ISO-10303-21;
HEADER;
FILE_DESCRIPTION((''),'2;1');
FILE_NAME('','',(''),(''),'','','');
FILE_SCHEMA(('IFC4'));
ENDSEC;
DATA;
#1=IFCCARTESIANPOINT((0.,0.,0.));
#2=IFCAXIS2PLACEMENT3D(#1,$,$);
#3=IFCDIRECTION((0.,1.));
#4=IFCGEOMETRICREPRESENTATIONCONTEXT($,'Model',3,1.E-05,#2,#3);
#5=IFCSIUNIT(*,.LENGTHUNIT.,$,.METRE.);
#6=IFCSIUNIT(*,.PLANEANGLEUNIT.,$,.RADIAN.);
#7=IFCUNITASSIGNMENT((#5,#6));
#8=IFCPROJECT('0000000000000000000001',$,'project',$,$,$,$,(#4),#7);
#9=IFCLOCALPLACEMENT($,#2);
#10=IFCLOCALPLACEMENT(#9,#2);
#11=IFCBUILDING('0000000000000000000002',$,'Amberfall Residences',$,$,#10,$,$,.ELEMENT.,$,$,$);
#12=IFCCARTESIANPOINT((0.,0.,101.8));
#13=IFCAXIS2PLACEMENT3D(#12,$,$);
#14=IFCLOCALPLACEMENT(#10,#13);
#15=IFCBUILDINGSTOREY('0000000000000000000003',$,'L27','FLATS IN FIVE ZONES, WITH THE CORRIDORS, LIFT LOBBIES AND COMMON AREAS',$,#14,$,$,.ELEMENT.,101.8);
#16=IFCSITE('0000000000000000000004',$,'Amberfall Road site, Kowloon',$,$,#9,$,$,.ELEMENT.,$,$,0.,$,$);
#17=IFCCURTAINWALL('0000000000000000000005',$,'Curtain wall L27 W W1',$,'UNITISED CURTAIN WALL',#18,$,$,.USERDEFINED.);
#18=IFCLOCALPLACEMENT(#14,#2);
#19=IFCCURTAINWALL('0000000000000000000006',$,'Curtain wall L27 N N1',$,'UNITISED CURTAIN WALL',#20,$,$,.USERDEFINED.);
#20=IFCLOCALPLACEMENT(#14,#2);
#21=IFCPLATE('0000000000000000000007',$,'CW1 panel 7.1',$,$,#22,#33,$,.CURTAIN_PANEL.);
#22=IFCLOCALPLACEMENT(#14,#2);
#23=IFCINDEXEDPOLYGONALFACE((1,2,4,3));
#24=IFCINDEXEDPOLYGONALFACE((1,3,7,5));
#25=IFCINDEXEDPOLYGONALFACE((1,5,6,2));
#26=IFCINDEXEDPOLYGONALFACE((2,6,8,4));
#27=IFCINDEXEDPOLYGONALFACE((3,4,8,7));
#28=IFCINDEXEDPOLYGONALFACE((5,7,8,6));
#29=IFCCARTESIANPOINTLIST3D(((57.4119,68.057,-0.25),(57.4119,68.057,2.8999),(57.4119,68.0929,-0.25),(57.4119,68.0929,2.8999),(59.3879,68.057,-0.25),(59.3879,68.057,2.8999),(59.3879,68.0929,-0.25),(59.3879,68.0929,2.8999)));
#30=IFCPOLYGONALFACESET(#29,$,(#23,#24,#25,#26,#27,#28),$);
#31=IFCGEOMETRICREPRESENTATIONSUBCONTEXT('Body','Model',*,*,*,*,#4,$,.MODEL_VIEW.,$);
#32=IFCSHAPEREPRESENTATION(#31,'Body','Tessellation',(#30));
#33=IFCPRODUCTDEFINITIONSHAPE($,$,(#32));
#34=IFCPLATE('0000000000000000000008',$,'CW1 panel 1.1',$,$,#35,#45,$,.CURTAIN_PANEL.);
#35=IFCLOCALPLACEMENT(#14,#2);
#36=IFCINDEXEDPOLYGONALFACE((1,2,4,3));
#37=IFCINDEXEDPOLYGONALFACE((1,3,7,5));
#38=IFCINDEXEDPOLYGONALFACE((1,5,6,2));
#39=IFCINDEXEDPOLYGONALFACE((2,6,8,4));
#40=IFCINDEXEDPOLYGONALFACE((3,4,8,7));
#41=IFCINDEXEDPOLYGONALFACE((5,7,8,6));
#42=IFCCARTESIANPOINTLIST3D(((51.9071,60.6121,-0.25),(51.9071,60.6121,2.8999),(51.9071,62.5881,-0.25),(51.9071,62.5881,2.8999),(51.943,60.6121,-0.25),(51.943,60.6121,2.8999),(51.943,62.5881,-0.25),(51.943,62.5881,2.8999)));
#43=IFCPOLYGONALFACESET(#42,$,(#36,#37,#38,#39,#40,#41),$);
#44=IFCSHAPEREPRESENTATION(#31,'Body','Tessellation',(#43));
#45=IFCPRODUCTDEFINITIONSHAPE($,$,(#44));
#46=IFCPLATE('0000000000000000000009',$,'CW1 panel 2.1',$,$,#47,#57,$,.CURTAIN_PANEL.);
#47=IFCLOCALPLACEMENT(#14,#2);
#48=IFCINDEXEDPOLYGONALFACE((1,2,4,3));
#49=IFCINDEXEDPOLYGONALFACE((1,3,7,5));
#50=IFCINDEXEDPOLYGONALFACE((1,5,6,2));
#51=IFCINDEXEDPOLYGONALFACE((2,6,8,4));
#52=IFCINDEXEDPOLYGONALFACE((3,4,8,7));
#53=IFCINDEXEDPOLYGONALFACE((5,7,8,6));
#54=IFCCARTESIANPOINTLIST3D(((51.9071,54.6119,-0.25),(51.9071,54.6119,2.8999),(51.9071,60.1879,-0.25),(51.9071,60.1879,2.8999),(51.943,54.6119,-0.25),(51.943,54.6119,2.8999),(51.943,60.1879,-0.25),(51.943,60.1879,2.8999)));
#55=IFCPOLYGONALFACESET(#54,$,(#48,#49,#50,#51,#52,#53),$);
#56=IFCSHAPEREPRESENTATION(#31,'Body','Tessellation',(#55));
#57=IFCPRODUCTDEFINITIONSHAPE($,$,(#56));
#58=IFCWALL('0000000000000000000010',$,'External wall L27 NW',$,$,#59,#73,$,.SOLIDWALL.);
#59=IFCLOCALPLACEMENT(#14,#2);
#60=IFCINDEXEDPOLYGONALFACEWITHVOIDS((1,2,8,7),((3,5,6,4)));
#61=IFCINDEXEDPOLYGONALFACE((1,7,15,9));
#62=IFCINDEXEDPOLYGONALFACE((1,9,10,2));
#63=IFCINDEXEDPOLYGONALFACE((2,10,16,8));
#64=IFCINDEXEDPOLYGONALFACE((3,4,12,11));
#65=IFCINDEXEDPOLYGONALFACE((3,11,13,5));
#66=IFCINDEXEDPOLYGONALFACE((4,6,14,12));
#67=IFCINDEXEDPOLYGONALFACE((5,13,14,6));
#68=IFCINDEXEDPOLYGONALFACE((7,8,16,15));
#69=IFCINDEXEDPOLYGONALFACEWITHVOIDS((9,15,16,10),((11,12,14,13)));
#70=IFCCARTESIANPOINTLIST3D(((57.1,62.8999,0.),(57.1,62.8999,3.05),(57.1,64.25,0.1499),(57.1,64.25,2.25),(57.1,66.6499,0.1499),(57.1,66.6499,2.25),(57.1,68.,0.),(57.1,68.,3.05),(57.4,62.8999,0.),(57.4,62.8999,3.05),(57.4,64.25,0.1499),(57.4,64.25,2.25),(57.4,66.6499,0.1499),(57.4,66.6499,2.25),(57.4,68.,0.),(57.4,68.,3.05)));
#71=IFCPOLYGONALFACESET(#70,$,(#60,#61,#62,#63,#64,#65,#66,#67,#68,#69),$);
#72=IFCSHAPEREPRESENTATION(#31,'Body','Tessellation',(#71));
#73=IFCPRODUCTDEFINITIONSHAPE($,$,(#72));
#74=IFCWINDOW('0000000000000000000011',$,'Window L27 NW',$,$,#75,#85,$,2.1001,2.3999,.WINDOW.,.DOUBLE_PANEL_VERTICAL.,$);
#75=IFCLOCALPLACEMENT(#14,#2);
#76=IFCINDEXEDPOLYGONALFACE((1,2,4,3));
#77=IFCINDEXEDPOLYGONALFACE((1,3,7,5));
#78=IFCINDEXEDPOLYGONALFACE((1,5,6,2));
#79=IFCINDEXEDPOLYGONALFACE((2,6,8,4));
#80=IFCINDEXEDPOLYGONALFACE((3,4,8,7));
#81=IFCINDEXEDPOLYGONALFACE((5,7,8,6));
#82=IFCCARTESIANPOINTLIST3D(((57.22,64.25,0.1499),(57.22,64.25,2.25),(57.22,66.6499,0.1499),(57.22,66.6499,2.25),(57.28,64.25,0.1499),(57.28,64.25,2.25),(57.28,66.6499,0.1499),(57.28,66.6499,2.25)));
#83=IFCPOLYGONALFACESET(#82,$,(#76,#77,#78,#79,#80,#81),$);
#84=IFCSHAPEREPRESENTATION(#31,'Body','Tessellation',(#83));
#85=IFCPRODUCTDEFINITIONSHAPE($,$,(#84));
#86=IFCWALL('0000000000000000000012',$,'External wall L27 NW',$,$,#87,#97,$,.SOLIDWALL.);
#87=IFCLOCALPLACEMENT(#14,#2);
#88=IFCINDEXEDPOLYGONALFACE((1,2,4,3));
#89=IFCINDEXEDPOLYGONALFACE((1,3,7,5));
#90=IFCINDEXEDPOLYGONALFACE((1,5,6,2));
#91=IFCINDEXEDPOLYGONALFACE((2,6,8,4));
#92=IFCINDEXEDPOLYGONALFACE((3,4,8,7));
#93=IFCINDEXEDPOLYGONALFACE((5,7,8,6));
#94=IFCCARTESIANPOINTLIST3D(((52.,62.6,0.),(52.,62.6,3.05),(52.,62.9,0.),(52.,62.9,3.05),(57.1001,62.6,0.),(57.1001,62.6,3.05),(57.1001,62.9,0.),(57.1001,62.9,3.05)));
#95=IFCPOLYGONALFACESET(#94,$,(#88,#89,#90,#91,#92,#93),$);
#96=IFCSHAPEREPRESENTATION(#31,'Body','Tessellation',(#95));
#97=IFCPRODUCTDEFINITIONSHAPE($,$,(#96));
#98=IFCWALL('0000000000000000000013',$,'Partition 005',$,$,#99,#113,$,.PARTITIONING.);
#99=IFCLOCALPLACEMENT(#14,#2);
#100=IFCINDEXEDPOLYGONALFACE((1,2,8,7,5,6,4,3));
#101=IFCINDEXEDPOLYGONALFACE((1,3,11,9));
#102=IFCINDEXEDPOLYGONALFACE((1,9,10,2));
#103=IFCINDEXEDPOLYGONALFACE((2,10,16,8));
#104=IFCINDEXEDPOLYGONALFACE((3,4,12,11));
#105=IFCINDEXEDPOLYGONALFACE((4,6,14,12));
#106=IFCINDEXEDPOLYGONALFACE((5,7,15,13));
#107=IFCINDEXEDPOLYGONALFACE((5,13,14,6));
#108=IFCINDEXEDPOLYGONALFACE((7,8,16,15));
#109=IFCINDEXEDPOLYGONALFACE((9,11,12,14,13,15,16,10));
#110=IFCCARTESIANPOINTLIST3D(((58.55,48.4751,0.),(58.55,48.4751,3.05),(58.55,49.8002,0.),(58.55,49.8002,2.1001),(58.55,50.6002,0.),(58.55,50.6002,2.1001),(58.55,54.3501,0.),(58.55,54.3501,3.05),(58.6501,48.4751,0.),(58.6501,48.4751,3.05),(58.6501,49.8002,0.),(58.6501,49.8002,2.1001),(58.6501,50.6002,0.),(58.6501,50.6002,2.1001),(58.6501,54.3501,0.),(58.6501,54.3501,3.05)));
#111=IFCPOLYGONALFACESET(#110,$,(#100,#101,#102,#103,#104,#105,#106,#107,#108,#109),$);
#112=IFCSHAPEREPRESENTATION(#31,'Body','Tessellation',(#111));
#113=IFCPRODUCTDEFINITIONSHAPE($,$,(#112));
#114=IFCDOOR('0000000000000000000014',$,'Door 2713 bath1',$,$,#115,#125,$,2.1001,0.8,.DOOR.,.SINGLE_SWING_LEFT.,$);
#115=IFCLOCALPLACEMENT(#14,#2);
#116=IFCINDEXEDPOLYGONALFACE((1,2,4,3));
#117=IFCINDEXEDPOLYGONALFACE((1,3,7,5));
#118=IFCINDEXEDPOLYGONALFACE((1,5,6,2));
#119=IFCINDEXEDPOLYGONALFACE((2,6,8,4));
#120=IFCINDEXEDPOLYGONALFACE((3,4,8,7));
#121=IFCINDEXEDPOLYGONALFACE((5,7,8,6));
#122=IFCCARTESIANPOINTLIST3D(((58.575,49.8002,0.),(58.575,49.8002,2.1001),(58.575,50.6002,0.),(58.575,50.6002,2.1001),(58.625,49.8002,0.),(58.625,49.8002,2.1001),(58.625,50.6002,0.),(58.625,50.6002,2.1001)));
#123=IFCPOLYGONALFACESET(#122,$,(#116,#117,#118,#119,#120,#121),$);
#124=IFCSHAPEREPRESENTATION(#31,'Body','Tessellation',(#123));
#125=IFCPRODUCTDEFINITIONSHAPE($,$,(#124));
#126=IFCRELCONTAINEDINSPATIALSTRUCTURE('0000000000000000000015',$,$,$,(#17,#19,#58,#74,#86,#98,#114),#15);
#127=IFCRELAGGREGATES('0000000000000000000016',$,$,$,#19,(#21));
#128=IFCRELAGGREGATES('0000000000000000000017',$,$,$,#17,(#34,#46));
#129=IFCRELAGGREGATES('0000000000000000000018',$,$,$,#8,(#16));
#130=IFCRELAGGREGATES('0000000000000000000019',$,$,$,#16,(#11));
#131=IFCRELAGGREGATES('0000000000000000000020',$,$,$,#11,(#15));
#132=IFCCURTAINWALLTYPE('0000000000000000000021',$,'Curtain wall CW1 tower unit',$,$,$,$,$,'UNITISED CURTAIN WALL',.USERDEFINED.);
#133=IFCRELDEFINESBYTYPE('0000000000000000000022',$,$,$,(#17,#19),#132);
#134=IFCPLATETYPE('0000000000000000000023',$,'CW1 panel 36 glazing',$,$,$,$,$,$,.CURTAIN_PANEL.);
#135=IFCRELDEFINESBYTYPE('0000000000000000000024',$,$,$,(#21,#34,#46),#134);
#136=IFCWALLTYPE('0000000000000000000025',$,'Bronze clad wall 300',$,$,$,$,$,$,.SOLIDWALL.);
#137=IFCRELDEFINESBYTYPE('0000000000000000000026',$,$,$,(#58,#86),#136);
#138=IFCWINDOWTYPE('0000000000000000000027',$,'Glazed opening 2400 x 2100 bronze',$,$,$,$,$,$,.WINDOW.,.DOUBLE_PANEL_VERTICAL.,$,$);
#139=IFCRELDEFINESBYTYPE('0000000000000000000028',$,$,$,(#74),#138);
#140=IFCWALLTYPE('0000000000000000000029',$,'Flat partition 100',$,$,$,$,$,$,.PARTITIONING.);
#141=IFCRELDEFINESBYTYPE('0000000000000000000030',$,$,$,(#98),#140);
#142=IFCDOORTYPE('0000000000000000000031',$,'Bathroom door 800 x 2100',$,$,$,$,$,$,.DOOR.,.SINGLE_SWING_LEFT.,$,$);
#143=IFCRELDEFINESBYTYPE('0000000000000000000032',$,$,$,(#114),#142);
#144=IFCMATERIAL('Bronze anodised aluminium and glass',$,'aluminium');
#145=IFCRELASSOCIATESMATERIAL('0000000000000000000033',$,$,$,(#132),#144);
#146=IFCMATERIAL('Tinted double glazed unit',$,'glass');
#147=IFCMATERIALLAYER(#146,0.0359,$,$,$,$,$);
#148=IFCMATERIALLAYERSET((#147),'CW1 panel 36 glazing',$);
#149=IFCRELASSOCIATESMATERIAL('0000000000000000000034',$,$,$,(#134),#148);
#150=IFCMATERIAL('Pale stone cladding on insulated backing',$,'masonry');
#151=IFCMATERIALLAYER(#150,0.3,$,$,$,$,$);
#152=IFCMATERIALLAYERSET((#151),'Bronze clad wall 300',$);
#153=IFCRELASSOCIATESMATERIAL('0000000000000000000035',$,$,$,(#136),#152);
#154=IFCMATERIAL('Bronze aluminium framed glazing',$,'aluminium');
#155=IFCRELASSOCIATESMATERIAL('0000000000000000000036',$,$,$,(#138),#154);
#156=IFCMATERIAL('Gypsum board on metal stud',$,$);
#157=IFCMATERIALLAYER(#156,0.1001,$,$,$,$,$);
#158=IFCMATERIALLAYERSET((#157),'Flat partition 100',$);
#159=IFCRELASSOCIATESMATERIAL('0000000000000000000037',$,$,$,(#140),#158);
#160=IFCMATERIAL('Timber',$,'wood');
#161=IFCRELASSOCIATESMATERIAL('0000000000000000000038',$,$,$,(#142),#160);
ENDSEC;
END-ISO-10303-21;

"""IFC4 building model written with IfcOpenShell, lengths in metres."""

from ifc_helpers import new_model, si_unit, direction, frame, frame_2d, origin, origin_2d, place, context, subcontext, project, spatial, rectangle, extrude, material, layer, layer_set, type_object, element, fill, aggregate, save


model = new_model("IFC4")

# Units and contexts
model_context = context("Model", 3, precision=1e-05, world=origin(), true_north=direction((0.0, 1.0)))
body_context = subcontext(model_context, "Body", "Model", "MODEL_VIEW")
ifc_project = project(units=[si_unit("LENGTHUNIT", "METRE"), si_unit("PLANEANGLEUNIT", "RADIAN")], contexts=[model_context])

# Site, building, storey
site_placement = place(None, origin())
site = spatial("IfcSite", under=ifc_project, at=site_placement, Name="Amberfall Road site, Kowloon", CompositionType="ELEMENT", RefElevation=0.0)
building_placement = place(site_placement, origin())
building = spatial("IfcBuilding", under=site, at=building_placement, Name="Amberfall Residences", CompositionType="ELEMENT")
storey_placement = place(building_placement, frame((0.0, 0.0, 101.8)))
storey = spatial("IfcBuildingStorey", under=building, at=storey_placement, Name="L27", Description="FLATS IN FIVE ZONES, WITH THE CORRIDORS, LIFT LOBBIES AND COMMON AREAS", CompositionType="ELEMENT", Elevation=101.8)

# Curtain wall
ifc_material_1 = material(Name="Bronze anodised aluminium and glass", Category="aluminium")
curtain_wall_type = type_object("IfcCurtainWallType", Name="Curtain wall CW1 tower unit", ElementType="UNITISED CURTAIN WALL", PredefinedType="USERDEFINED", material=ifc_material_1)
curtain_wall_1_placement = place(storey_placement, origin())
curtain_wall_1 = element("IfcCurtainWall", 1, at=curtain_wall_1_placement, inside=storey, type_object=curtain_wall_type, Name="Curtain wall L27 W W1", ObjectType="UNITISED CURTAIN WALL", PredefinedType="USERDEFINED")

# Curtain wall
curtain_wall_2_placement = place(storey_placement, origin())
curtain_wall_2 = element("IfcCurtainWall", 2, at=curtain_wall_2_placement, inside=storey, type_object=curtain_wall_type, Name="Curtain wall L27 N N1", ObjectType="UNITISED CURTAIN WALL", PredefinedType="USERDEFINED")

# Plates
ifc_material_2 = material(Name="Tinted double glazed unit", Category="glass")
ifc_layer_1 = layer(ifc_material_2, 0.0359)
ifc_layer_set_1 = layer_set([ifc_layer_1], Name="CW1 panel 36 glazing")
plate_type = type_object("IfcPlateType", Name="CW1 panel 36 glazing", PredefinedType="CURTAIN_PANEL", material=ifc_layer_set_1)
plate_1_placement = place(storey_placement, frame((58.3999, 68.075, -0.25), z_axis=(0.0, 0.0, 1.0), x_axis=(-1.0, 0.0, 0.0)))
plate_1 = element("IfcPlate", 3, at=plate_1_placement, type_object=plate_type, Name="CW1 panel 7.1", PredefinedType="CURTAIN_PANEL", context=body_context, shape_type="SweptSolid", body=[
    extrude(rectangle(XDim=1.9761, YDim=0.0359, at=origin_2d()), origin(), (0.0, 0.0, 1.0), 3.1499),
])
aggregate(curtain_wall_2, [plate_1])
plate_2_placement = place(storey_placement, frame((51.925, 61.6001, -0.25), z_axis=(0.0, 0.0, 1.0), x_axis=(0.0, -1.0, 0.0)))
plate_2 = element("IfcPlate", 4, at=plate_2_placement, type_object=plate_type, Name="CW1 panel 1.1", PredefinedType="CURTAIN_PANEL", context=body_context, shape_type="SweptSolid", body=[
    extrude(rectangle(XDim=1.9761, YDim=0.0359, at=origin_2d()), origin(), (0.0, 0.0, 1.0), 3.1499),
])
plate_3_placement = place(storey_placement, frame((51.925, 57.3999, -0.25), z_axis=(0.0, 0.0, 1.0), x_axis=(0.0, -1.0, 0.0)))
plate_3 = element("IfcPlate", 5, at=plate_3_placement, type_object=plate_type, Name="CW1 panel 2.1", PredefinedType="CURTAIN_PANEL", context=body_context, shape_type="SweptSolid", body=[
    extrude(rectangle(XDim=5.5759, YDim=0.0359, at=origin_2d()), origin(), (0.0, 0.0, 1.0), 3.1499),
])
aggregate(curtain_wall_1, [plate_2, plate_3])

# Wall, opening, window
ifc_material_3 = material(Name="Pale stone cladding on insulated backing", Category="masonry")
ifc_layer_2 = layer(ifc_material_3, 0.3)
ifc_layer_set_2 = layer_set([ifc_layer_2], Name="Bronze clad wall 300")
wall_type_1 = type_object("IfcWallType", Name="Bronze clad wall 300", PredefinedType="SOLIDWALL", material=ifc_layer_set_2)
wall_1_placement = place(storey_placement, frame((57.25, 68.0, 0.0), z_axis=(0.0, 0.0, 1.0), x_axis=(0.0, -1.0, 0.0)))
wall_1 = element("IfcWall", 6, at=wall_1_placement, inside=storey, type_object=wall_type_1, Name="External wall L27 NW", PredefinedType="SOLIDWALL", context=body_context, shape_type="SweptSolid", body=[
    extrude(rectangle(XDim=5.1001, YDim=0.3, at=frame_2d((2.55, 0.0))), origin(), (0.0, 0.0, 1.0), 3.05),
])
opening_1_placement = place(wall_1_placement, frame((1.3501, 0.0, 0.1499)))
opening_1 = element("IfcOpeningElement", 7, at=opening_1_placement, cuts=wall_1, PredefinedType="OPENING", context=body_context, shape_type="SweptSolid", body=[
    extrude(rectangle(XDim=2.3999, YDim=2.1001, at=frame_2d((1.2, 1.05))), frame((0.0, 0.1599, 0.0), z_axis=(0.0, -1.0, 0.0), x_axis=(1.0, 0.0, 0.0)), (0.0, 0.0, 1.0), 0.3201),
])
ifc_material_4 = material(Name="Bronze aluminium framed glazing", Category="aluminium")
window_type = type_object("IfcWindowType", Name="Glazed opening 2400 x 2100 bronze", PartitioningType="DOUBLE_PANEL_VERTICAL", PredefinedType="WINDOW", material=ifc_material_4)
window_placement = place(opening_1_placement, origin())
window = element("IfcWindow", 8, at=window_placement, inside=storey, type_object=window_type, Name="Window L27 NW", OverallHeight=2.1001, OverallWidth=2.3999, PartitioningType="DOUBLE_PANEL_VERTICAL", PredefinedType="WINDOW", context=body_context, shape_type="SweptSolid", body=[
    extrude(rectangle(XDim=2.3999, YDim=2.1001, at=frame_2d((1.2, 1.05))), frame((0.0, 0.03, 0.0), z_axis=(0.0, -1.0, 0.0), x_axis=(1.0, 0.0, 0.0)), (0.0, 0.0, 1.0), 0.0601),
])
fill(opening_1, window)

# Wall
wall_2_placement = place(storey_placement, frame((57.1001, 62.75, 0.0), z_axis=(0.0, 0.0, 1.0), x_axis=(-1.0, 0.0, 0.0)))
element("IfcWall", 9, at=wall_2_placement, inside=storey, type_object=wall_type_1, Name="External wall L27 NW", PredefinedType="SOLIDWALL", context=body_context, shape_type="SweptSolid", body=[
    extrude(rectangle(XDim=5.1001, YDim=0.3, at=frame_2d((2.55, 0.0))), origin(), (0.0, 0.0, 1.0), 3.05),
])

# Wall, opening, door
ifc_material_5 = material(Name="Gypsum board on metal stud")
ifc_layer_3 = layer(ifc_material_5, 0.1001)
ifc_layer_set_3 = layer_set([ifc_layer_3], Name="Flat partition 100")
wall_type_2 = type_object("IfcWallType", Name="Flat partition 100", PredefinedType="PARTITIONING", material=ifc_layer_set_3)
wall_3_placement = place(storey_placement, frame((58.6001, 54.3501, 0.0), z_axis=(0.0, 0.0, 1.0), x_axis=(0.0, -1.0, 0.0)))
wall_3 = element("IfcWall", 10, at=wall_3_placement, inside=storey, type_object=wall_type_2, Name="Partition 005", PredefinedType="PARTITIONING", context=body_context, shape_type="SweptSolid", body=[
    extrude(rectangle(XDim=5.875, YDim=0.1001, at=frame_2d((2.9375, 0.0))), origin(), (0.0, 0.0, 1.0), 3.05),
])
opening_2_placement = place(wall_3_placement, frame((3.75, 0.0, 0.0)))
opening_2 = element("IfcOpeningElement", 11, at=opening_2_placement, cuts=wall_3, PredefinedType="OPENING", context=body_context, shape_type="SweptSolid", body=[
    extrude(rectangle(XDim=0.8, YDim=2.1001, at=frame_2d((0.3999, 1.05))), frame((0.0, 0.0601, 0.0), z_axis=(0.0, -1.0, 0.0), x_axis=(1.0, 0.0, 0.0)), (0.0, 0.0, 1.0), 0.1201),
])
ifc_material_6 = material(Name="Timber", Category="wood")
door_type = type_object("IfcDoorType", Name="Bathroom door 800 x 2100", OperationType="SINGLE_SWING_LEFT", PredefinedType="DOOR", material=ifc_material_6)
door_placement = place(opening_2_placement, origin())
door = element("IfcDoor", 12, at=door_placement, inside=storey, type_object=door_type, Name="Door 2713 bath1", OperationType="SINGLE_SWING_LEFT", OverallHeight=2.1001, OverallWidth=0.8, PredefinedType="DOOR", context=body_context, shape_type="SweptSolid", body=[
    extrude(rectangle(XDim=0.8, YDim=2.1001, at=frame_2d((0.3999, 1.05))), frame((0.0, 0.0249, 0.0), z_axis=(0.0, -1.0, 0.0), x_axis=(1.0, 0.0, 0.0)), (0.0, 0.0, 1.0), 0.05),
])
fill(opening_2, door)

save(model, "model.ifc")
